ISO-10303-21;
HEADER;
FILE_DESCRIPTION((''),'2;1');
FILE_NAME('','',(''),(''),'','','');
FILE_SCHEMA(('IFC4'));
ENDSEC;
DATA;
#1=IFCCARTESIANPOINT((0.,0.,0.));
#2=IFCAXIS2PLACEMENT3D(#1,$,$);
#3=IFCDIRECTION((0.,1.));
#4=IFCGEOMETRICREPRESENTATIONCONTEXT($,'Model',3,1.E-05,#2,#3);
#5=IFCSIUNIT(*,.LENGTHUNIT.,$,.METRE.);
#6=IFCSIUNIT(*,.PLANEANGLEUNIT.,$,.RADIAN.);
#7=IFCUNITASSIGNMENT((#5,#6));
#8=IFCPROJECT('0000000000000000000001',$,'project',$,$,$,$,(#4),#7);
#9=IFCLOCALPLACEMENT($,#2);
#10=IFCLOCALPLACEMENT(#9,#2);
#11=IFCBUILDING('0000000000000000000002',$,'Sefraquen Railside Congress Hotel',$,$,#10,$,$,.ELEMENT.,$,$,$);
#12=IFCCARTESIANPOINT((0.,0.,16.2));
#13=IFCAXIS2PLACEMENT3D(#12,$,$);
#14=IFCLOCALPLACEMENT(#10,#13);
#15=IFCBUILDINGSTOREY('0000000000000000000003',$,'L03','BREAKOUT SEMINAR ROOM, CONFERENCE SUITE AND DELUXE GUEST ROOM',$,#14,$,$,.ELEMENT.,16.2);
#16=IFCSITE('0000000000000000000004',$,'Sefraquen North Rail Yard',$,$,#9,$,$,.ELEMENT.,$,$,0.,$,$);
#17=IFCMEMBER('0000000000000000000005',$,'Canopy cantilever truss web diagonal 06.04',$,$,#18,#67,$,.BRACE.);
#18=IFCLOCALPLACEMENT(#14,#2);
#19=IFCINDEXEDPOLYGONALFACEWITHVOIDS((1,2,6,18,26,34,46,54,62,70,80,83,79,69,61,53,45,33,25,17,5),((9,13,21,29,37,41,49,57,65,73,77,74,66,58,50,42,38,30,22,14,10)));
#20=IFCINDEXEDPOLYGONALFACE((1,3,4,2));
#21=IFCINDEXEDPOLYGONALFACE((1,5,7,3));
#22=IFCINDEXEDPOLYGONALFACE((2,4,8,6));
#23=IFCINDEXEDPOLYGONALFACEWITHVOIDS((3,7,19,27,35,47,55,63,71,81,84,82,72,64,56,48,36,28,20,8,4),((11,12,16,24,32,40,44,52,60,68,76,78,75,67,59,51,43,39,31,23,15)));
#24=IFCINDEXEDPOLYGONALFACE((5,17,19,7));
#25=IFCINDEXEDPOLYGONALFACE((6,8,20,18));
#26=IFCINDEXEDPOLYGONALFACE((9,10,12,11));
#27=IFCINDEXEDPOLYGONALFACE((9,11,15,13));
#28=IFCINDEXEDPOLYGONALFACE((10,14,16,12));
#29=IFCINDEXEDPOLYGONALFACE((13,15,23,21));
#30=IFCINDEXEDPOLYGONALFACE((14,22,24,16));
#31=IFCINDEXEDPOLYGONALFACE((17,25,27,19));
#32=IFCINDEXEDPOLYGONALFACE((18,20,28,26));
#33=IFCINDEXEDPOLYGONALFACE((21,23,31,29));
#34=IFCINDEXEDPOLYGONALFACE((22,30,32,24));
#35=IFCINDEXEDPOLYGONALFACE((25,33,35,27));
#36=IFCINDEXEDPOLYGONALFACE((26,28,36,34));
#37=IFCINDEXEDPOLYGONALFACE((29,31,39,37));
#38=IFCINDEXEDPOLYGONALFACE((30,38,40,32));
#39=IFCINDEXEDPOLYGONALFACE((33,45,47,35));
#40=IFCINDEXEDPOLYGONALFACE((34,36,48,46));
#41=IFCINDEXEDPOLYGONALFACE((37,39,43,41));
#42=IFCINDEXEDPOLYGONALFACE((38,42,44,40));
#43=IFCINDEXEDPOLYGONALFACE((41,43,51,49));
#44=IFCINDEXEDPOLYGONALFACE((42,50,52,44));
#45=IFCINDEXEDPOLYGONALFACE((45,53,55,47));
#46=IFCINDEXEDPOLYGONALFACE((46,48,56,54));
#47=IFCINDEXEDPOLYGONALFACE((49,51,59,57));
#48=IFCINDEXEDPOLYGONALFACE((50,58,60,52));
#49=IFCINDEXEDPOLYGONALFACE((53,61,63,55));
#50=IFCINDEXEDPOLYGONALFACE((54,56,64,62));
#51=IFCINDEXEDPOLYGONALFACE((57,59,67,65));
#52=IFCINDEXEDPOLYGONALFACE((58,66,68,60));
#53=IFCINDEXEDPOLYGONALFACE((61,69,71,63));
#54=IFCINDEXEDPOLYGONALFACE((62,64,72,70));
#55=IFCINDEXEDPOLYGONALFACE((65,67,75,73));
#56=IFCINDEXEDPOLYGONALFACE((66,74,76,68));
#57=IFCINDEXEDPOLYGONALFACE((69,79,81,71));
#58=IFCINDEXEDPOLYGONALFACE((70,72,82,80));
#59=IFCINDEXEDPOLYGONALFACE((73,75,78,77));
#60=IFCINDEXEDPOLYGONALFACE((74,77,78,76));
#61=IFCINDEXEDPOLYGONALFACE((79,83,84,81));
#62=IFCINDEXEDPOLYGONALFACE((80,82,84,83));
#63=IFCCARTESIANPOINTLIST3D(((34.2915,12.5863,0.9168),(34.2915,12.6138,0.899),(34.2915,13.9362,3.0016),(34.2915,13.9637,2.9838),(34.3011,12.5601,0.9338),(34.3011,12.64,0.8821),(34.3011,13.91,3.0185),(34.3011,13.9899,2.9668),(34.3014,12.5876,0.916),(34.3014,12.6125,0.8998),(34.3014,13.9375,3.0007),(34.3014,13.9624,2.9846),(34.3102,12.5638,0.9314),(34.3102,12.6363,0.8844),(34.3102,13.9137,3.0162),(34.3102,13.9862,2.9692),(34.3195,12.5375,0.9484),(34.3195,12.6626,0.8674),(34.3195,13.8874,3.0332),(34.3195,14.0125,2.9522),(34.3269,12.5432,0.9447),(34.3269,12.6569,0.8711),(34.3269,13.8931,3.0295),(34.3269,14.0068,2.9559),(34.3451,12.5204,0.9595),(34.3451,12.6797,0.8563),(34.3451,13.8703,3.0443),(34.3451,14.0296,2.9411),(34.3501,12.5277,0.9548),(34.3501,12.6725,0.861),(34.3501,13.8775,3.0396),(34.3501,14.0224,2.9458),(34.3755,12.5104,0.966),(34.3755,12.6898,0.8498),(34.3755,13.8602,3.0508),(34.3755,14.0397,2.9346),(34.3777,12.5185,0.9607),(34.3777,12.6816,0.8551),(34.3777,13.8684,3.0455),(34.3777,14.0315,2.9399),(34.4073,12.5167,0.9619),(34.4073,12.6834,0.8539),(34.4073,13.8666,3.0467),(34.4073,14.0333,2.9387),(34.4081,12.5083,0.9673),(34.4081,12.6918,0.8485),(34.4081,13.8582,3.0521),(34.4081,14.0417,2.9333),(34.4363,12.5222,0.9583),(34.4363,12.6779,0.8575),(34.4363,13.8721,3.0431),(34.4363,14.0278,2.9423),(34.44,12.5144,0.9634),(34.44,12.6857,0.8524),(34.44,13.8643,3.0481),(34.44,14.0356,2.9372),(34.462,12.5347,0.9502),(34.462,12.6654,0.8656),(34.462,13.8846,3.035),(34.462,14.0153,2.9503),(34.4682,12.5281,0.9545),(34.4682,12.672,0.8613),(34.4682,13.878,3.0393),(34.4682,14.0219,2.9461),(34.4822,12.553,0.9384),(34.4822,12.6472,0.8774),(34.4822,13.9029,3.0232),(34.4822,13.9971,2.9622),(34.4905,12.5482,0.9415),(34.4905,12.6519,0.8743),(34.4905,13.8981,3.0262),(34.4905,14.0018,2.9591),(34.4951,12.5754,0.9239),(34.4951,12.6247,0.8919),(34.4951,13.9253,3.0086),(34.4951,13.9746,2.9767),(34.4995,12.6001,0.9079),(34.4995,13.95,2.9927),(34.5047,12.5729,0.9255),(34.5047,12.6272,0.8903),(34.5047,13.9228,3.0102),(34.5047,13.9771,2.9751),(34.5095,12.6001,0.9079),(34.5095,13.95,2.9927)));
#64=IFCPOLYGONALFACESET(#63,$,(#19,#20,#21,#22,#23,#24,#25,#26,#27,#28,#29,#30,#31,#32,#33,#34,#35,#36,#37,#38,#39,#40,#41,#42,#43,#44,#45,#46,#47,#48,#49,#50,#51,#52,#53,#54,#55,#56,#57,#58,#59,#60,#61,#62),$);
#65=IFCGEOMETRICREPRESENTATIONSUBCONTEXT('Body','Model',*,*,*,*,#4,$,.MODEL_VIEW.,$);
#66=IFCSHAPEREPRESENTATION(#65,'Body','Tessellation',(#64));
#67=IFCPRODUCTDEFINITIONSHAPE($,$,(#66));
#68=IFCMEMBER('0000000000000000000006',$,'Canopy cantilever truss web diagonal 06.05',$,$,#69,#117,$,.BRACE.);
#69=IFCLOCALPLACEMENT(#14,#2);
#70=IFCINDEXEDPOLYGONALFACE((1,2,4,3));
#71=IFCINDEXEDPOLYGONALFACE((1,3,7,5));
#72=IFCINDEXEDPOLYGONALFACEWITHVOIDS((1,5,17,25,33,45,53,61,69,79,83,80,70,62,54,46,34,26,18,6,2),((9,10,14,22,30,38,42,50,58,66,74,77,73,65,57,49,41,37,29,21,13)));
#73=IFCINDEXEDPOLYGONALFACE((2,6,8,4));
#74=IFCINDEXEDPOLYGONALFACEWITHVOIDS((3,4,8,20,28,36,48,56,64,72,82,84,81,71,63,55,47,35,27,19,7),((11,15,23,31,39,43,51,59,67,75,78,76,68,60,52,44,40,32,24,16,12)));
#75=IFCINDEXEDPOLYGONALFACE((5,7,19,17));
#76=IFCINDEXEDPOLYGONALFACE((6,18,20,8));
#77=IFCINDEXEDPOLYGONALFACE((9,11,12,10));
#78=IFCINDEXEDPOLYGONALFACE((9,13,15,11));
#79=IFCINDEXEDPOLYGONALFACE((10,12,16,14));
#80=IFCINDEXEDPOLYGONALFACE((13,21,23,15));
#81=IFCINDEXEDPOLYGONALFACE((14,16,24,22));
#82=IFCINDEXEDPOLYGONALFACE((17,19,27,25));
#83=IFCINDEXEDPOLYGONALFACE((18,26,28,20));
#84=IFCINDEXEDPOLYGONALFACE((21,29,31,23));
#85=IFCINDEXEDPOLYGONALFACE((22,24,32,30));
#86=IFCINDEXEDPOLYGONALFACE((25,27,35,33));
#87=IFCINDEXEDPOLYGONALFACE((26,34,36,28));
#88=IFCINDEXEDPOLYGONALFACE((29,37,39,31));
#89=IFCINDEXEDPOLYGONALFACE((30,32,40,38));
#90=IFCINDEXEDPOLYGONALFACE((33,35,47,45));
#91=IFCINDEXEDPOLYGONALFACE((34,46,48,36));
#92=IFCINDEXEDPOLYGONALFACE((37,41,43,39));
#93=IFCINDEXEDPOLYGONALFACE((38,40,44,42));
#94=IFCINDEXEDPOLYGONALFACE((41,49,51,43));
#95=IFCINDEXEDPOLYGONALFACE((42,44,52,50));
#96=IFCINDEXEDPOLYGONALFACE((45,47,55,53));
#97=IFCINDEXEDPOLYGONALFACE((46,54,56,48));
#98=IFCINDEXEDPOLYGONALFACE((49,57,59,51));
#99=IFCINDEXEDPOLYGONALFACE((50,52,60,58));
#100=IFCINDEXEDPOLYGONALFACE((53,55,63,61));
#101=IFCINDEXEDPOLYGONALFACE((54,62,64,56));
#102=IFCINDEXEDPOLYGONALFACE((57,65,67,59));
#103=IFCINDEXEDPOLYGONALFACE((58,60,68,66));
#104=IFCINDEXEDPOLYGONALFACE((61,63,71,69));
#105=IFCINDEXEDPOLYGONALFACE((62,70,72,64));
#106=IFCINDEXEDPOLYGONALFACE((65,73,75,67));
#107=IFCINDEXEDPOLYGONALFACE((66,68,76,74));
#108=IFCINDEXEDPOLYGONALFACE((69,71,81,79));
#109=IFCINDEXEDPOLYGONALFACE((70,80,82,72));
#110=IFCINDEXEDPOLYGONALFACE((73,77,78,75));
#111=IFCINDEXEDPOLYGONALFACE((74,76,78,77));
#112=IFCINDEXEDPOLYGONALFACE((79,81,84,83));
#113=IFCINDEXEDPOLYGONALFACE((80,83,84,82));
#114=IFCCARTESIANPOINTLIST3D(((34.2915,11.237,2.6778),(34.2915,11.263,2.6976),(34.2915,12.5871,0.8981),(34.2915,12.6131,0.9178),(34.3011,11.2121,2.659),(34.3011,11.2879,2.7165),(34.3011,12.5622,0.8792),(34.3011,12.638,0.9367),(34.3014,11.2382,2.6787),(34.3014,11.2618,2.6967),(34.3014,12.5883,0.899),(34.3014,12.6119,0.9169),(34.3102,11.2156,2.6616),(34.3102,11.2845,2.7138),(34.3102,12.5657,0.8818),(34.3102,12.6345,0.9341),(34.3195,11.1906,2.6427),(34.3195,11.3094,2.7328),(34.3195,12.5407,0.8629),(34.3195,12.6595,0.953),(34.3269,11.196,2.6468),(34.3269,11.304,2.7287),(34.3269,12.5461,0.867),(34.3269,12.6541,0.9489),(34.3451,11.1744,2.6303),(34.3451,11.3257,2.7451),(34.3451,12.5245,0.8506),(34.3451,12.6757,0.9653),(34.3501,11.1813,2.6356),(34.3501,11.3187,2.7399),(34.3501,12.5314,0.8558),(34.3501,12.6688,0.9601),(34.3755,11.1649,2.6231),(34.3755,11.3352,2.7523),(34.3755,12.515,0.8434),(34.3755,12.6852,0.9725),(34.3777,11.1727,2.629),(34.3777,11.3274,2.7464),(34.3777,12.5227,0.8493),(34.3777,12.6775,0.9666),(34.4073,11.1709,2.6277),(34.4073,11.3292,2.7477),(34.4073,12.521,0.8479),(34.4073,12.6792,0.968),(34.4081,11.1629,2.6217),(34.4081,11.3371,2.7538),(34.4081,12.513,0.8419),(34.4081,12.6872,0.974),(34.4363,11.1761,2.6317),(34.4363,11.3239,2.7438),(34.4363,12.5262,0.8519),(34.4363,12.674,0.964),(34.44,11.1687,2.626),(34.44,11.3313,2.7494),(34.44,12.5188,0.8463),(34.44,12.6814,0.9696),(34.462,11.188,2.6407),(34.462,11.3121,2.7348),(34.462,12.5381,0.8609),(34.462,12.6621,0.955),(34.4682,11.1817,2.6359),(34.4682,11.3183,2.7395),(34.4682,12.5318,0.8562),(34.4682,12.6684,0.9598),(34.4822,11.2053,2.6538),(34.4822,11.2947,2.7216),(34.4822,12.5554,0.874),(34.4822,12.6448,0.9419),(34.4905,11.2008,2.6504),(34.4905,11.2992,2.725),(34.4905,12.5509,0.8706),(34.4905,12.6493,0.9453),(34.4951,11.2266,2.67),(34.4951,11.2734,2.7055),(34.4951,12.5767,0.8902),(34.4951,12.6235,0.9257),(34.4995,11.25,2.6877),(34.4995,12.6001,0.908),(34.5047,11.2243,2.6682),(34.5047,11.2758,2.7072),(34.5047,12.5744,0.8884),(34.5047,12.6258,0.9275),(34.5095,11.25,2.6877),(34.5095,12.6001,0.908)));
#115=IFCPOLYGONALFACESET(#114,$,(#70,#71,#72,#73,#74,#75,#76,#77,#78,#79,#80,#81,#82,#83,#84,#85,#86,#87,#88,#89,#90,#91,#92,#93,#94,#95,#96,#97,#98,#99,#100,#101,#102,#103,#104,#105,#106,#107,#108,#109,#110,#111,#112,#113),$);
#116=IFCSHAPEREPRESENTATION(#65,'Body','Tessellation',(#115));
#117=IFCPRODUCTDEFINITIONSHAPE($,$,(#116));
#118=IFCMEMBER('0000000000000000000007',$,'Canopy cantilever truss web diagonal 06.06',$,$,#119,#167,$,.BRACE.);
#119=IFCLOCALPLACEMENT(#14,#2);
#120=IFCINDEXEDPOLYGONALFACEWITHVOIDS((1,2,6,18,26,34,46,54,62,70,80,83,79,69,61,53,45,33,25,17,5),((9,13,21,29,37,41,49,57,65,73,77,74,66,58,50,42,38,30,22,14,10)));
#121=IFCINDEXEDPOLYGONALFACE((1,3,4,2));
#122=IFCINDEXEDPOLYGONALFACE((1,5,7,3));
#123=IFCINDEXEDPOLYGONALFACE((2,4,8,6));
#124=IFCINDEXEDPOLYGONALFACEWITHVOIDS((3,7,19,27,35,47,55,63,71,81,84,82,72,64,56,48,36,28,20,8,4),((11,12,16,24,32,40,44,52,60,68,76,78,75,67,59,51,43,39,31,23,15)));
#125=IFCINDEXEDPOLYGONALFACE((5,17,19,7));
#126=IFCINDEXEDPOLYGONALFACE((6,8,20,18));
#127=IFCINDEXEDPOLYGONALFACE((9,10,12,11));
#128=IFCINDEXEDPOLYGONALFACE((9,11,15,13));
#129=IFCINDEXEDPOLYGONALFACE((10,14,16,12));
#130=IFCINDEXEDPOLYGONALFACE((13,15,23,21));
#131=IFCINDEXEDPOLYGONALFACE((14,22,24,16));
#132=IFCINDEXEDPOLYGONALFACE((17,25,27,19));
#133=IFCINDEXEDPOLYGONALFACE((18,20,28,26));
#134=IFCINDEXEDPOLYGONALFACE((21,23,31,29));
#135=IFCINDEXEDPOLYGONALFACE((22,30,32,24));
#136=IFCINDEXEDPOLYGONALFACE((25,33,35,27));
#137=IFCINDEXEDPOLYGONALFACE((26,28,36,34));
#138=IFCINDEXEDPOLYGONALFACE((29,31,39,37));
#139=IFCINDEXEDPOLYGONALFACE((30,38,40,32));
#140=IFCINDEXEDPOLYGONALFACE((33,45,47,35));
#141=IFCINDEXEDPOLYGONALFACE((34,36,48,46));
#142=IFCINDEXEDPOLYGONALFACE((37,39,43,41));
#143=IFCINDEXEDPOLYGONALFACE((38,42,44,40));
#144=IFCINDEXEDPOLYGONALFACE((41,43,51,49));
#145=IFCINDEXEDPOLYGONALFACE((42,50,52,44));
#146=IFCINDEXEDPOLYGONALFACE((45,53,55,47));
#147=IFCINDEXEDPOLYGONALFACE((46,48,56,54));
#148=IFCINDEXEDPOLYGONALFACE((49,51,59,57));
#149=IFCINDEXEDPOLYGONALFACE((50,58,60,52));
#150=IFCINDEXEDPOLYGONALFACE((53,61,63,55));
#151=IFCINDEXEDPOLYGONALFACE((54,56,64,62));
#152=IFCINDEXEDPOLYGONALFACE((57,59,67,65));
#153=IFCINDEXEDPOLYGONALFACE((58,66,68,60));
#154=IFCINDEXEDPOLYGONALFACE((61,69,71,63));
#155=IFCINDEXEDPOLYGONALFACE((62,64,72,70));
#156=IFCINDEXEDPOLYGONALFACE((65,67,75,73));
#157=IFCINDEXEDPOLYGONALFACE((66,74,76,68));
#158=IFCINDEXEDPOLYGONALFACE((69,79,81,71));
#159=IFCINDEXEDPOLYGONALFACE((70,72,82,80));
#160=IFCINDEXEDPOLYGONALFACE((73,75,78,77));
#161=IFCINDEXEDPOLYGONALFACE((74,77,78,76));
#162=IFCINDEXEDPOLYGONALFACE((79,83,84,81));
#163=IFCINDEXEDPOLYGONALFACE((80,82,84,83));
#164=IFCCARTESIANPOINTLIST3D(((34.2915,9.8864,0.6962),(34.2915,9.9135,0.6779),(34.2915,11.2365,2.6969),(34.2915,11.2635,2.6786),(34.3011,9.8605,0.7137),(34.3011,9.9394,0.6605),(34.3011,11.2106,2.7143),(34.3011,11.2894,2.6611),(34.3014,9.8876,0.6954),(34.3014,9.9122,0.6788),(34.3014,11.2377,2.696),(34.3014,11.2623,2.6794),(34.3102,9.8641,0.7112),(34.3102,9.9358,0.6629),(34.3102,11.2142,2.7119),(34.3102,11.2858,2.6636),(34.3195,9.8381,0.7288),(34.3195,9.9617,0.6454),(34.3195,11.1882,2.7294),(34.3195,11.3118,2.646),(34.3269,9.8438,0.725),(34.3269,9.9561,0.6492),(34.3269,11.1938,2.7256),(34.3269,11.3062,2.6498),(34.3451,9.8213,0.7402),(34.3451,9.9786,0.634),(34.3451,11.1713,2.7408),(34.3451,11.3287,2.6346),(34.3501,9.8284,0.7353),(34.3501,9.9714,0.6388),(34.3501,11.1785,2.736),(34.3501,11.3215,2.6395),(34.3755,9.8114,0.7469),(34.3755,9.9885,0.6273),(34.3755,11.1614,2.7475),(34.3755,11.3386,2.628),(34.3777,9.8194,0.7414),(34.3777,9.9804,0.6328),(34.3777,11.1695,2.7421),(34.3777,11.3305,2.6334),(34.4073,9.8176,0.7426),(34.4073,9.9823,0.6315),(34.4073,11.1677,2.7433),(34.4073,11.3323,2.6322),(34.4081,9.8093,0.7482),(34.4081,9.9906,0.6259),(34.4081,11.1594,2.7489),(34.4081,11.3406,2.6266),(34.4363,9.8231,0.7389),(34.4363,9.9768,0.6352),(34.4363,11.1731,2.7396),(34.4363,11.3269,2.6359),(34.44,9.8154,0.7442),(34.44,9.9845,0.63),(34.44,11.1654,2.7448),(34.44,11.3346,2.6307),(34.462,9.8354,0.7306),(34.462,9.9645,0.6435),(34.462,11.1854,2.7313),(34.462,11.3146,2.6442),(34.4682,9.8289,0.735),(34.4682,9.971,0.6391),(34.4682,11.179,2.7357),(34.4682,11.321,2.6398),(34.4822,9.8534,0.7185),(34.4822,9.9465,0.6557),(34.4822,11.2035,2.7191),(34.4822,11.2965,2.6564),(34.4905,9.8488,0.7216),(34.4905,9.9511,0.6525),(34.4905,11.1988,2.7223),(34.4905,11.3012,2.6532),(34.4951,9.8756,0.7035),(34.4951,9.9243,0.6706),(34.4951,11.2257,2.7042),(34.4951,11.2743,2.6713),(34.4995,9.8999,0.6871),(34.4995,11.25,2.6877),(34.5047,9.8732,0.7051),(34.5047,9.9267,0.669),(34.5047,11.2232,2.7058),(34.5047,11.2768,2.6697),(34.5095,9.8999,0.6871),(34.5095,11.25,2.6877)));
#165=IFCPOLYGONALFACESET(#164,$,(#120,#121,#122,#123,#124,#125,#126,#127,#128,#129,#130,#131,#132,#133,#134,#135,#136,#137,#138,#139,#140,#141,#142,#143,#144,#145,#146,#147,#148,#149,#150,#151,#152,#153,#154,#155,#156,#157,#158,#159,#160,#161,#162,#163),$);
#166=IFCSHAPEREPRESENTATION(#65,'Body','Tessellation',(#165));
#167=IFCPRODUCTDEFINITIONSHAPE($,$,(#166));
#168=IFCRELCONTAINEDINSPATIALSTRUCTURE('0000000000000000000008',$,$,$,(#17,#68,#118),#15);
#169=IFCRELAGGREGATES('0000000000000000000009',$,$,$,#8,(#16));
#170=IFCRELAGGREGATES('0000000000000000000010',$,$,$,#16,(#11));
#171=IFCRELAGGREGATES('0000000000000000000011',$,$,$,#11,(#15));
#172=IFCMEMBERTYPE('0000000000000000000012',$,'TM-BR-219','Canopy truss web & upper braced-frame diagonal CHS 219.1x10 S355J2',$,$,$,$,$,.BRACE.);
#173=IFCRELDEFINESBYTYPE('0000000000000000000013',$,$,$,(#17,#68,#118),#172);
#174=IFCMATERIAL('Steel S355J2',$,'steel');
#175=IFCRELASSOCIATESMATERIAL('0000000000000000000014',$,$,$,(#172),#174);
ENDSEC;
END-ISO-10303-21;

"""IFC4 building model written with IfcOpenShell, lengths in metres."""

from ifc_helpers import new_model, si_unit, direction, frame, origin, origin_2d, place, context, subcontext, project, spatial, hollow_circle, extrude, material, material_profile, profile_set, type_object, element, save


model = new_model("IFC4")

# Units and contexts
model_context = context("Model", 3, precision=1e-05, world=origin(), true_north=direction((0.0, 1.0)))
body_context = subcontext(model_context, "Body", "Model", "MODEL_VIEW")
ifc_project = project(units=[si_unit("LENGTHUNIT", "METRE"), si_unit("PLANEANGLEUNIT", "RADIAN")], contexts=[model_context])

# Site, building, storey
site_placement = place(None, origin())
site = spatial("IfcSite", under=ifc_project, at=site_placement, Name="Sefraquen North Rail Yard", CompositionType="ELEMENT", RefElevation=0.0)
building_placement = place(site_placement, origin())
building = spatial("IfcBuilding", under=site, at=building_placement, Name="Sefraquen Railside Congress Hotel", CompositionType="ELEMENT")
storey_placement = place(building_placement, frame((0.0, 0.0, 16.2)))
storey = spatial("IfcBuildingStorey", under=building, at=storey_placement, Name="L03", Description="BREAKOUT SEMINAR ROOM, CONFERENCE SUITE AND DELUXE GUEST ROOM", CompositionType="ELEMENT", Elevation=16.2)

# Members
ifc_material = material(Name="Steel S355J2", Category="steel")
ifc_material_profile = material_profile(ifc_material, hollow_circle(Radius=0.1096, WallThickness=0.01, at=origin_2d()), Name="CHS 219.1x10")
ifc_profile_set = profile_set([ifc_material_profile], Name="Steel S355J2")
member_type = type_object("IfcMemberType", Name="TM-BR-219", Description="Canopy truss web & upper braced-frame diagonal CHS 219.1x10 S355J2", PredefinedType="BRACE", material=ifc_profile_set)
member_1_placement = place(storey_placement, frame((34.3999, 13.95, 2.9927), z_axis=(0.0, -0.543512, -0.839401), x_axis=(1.0, 0.0, 0.0)))
element("IfcMember", 1, at=member_1_placement, inside=storey, type_object=member_type, Name="Canopy cantilever truss web diagonal 06.04", PredefinedType="BRACE", context=body_context, shape_type="SweptSolid", body=[
    extrude(hollow_circle(Radius=0.1096, WallThickness=0.01, at=origin_2d()), origin(), (0.0, 0.0, 1.0), 2.4836),
])
member_2_placement = place(storey_placement, frame((34.3999, 12.6001, 0.908), z_axis=(0.0, -0.604363, 0.796709), x_axis=(1.0, 0.0, 0.0)))
element("IfcMember", 2, at=member_2_placement, inside=storey, type_object=member_type, Name="Canopy cantilever truss web diagonal 06.05", PredefinedType="BRACE", context=body_context, shape_type="SweptSolid", body=[
    extrude(hollow_circle(Radius=0.1096, WallThickness=0.01, at=origin_2d()), origin(), (0.0, 0.0, 1.0), 2.2339),
])
member_3_placement = place(storey_placement, frame((34.3999, 11.25, 2.6877), z_axis=(0.0, -0.55936, -0.828925), x_axis=(1.0, 0.0, 0.0)))
element("IfcMember", 3, at=member_3_placement, inside=storey, type_object=member_type, Name="Canopy cantilever truss web diagonal 06.06", PredefinedType="BRACE", context=body_context, shape_type="SweptSolid", body=[
    extrude(hollow_circle(Radius=0.1096, WallThickness=0.01, at=origin_2d()), origin(), (0.0, 0.0, 1.0), 2.4136),
])

save(model, "model.ifc")
